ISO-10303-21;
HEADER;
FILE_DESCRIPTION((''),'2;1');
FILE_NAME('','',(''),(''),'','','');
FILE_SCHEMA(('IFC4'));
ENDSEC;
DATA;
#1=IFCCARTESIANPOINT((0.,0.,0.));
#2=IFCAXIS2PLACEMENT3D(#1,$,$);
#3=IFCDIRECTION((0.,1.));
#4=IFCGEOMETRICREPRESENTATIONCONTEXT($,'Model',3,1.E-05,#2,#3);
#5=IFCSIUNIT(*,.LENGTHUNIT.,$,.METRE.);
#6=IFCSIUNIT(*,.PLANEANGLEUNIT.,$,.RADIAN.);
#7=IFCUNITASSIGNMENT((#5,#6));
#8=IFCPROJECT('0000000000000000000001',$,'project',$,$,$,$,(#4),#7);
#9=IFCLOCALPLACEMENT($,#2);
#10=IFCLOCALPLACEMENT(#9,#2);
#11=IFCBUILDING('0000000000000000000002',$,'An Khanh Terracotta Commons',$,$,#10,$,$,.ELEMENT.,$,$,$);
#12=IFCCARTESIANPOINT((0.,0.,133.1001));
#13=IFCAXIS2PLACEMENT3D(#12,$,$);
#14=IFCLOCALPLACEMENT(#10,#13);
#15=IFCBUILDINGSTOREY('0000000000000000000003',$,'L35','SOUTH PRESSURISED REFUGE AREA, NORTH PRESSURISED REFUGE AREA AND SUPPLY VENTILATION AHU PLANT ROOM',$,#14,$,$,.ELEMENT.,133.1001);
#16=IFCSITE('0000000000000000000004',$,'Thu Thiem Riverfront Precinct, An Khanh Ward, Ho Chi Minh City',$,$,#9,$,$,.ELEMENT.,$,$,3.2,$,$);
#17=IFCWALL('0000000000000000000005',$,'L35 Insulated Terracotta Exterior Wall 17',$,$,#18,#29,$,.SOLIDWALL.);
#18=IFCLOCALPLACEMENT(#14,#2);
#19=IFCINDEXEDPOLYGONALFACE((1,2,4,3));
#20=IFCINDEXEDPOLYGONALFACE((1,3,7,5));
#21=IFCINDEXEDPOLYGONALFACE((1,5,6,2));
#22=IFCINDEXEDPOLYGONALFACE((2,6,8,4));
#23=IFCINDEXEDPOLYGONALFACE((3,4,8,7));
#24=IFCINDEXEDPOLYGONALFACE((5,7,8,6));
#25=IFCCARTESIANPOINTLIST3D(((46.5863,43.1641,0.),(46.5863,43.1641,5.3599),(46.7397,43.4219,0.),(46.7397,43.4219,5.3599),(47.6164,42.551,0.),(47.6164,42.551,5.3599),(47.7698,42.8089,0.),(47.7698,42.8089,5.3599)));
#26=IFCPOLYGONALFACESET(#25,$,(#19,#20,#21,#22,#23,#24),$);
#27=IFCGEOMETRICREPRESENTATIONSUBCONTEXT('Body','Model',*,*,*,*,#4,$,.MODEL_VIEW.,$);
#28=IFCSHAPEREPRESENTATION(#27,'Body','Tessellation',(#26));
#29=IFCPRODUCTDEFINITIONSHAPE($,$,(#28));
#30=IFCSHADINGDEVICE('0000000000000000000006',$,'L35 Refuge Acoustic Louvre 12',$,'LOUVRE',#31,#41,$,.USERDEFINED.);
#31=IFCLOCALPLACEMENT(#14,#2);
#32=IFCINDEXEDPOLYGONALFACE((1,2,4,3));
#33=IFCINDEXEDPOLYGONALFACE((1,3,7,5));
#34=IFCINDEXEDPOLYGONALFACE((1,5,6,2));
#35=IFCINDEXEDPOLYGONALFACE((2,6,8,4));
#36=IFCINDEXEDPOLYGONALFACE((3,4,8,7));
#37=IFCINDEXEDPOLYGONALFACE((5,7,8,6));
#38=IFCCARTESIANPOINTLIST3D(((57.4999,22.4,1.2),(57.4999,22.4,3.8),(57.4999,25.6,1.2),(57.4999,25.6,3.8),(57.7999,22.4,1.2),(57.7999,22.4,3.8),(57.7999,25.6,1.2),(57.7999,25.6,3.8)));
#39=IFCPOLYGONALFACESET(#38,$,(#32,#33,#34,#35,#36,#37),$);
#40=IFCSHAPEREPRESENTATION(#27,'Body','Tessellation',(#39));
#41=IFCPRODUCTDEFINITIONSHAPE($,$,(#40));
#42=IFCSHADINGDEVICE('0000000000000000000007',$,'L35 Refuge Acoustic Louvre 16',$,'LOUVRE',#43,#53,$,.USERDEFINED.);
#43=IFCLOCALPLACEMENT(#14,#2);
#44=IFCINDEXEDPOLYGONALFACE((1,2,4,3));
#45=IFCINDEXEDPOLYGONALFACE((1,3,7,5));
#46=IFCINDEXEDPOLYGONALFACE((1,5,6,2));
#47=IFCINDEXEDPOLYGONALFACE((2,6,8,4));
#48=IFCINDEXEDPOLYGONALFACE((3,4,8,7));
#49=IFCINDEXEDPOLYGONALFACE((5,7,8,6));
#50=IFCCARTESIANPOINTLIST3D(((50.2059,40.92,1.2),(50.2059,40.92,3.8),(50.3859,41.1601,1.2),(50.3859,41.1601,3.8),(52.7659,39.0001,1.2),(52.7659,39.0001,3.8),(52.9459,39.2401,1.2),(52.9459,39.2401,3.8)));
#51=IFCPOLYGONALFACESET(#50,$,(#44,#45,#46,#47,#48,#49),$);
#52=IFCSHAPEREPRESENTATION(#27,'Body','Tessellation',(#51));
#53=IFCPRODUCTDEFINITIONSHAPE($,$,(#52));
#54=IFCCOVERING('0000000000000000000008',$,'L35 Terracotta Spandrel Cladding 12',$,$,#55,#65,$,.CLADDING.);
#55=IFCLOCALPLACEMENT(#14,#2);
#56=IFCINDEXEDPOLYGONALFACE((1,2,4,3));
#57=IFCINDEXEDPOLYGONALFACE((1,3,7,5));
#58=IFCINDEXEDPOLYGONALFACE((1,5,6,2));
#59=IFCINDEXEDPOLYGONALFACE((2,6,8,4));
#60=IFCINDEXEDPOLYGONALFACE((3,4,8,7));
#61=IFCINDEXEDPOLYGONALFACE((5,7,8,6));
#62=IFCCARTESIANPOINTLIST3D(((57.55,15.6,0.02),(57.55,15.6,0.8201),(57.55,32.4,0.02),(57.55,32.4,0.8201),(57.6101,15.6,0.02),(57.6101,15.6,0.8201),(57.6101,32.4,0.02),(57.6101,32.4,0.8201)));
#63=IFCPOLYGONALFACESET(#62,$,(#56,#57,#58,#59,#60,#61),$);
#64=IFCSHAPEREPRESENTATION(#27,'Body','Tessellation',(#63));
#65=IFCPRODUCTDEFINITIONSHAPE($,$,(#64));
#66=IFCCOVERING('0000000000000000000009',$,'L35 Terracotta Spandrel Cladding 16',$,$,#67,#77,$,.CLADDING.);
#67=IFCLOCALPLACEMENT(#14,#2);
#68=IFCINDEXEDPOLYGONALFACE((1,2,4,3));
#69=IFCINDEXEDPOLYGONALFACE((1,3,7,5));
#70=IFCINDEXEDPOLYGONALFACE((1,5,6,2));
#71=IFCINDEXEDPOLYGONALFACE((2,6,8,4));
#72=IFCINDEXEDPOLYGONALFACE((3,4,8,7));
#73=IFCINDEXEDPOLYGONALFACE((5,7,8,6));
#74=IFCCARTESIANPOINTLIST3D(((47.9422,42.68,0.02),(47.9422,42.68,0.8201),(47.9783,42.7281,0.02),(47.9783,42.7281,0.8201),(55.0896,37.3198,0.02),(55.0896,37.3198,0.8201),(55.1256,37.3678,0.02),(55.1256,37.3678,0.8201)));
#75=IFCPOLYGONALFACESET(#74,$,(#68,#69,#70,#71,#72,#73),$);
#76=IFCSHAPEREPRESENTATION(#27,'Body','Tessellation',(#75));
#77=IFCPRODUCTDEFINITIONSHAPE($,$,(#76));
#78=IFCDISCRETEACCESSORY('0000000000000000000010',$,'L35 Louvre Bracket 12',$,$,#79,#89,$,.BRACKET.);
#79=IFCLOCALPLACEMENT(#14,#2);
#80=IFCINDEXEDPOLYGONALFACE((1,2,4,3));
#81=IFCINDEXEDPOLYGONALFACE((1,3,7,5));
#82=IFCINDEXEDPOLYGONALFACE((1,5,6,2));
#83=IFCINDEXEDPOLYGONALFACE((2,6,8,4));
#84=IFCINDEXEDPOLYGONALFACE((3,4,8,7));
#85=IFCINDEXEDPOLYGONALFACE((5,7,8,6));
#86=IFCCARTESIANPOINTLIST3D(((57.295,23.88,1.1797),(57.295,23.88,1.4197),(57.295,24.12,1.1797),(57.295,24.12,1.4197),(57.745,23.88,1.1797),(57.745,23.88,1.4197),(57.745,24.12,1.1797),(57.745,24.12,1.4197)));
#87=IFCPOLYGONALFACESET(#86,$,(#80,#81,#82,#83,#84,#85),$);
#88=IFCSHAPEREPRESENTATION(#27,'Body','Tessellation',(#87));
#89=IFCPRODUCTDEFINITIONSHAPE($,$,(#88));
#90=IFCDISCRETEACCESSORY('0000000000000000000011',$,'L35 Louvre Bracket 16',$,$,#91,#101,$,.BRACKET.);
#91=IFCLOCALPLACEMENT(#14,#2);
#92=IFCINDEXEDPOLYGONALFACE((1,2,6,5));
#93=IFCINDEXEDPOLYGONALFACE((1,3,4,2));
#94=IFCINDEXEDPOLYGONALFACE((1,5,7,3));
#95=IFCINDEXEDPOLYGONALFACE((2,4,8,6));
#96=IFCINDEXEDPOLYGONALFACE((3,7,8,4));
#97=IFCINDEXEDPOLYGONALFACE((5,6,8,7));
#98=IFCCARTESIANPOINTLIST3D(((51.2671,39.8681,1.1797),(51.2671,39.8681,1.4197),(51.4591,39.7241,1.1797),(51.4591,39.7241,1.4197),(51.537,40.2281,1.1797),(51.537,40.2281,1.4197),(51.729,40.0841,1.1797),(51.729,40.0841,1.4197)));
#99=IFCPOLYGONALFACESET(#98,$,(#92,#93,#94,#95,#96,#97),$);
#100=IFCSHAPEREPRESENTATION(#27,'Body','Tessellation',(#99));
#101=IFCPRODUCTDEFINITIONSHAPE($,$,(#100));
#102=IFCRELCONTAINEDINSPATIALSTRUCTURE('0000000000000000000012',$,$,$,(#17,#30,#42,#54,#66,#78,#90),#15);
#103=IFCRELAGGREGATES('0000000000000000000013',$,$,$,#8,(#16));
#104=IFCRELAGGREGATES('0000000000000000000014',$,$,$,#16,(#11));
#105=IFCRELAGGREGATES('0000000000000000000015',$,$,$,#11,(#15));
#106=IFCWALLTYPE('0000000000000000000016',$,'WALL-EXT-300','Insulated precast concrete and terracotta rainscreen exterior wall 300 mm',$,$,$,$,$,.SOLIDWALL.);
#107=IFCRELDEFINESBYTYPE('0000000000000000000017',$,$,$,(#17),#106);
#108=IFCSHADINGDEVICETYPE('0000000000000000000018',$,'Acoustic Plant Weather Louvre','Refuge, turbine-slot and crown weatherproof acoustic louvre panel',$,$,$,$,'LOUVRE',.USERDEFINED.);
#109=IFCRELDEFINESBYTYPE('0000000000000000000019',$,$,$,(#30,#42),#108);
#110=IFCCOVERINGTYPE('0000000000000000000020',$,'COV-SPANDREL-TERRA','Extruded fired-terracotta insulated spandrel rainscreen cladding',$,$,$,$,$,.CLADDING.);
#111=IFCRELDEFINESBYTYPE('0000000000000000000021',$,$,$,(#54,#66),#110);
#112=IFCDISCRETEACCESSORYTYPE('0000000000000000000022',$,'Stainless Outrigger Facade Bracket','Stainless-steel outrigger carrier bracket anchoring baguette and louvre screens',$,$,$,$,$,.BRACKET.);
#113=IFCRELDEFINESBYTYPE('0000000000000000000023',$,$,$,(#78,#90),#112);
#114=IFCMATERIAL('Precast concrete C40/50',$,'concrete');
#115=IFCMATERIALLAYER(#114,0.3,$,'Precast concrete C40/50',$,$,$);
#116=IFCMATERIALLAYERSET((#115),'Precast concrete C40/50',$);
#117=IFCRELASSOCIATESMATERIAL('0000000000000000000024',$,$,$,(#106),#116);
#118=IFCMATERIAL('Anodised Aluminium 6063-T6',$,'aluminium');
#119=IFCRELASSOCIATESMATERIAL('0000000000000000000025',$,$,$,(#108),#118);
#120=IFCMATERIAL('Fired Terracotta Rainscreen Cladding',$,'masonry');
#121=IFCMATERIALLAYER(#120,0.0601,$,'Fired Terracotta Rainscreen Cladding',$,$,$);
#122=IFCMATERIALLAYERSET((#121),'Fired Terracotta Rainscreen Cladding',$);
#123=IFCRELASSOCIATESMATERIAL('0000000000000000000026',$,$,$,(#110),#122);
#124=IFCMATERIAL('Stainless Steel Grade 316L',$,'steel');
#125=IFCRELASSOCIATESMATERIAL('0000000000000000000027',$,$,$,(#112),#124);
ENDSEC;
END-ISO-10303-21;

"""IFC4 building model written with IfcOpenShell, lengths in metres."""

from ifc_helpers import new_model, si_unit, direction, frame, frame_2d, origin, origin_2d, place, context, subcontext, project, spatial, rectangle, extrude, material, layer, layer_set, type_object, element, save


model = new_model("IFC4")

# Units and contexts
model_context = context("Model", 3, precision=1e-05, world=origin(), true_north=direction((0.0, 1.0)))
body_context = subcontext(model_context, "Body", "Model", "MODEL_VIEW")
ifc_project = project(units=[si_unit("LENGTHUNIT", "METRE"), si_unit("PLANEANGLEUNIT", "RADIAN")], contexts=[model_context])

# Site, building, storey
site_placement = place(None, origin())
site = spatial("IfcSite", under=ifc_project, at=site_placement, Name="Thu Thiem Riverfront Precinct, An Khanh Ward, Ho Chi Minh City", CompositionType="ELEMENT", RefElevation=3.2)
building_placement = place(site_placement, origin())
building = spatial("IfcBuilding", under=site, at=building_placement, Name="An Khanh Terracotta Commons", CompositionType="ELEMENT")
storey_placement = place(building_placement, frame((0.0, 0.0, 133.1001)))
storey = spatial("IfcBuildingStorey", under=building, at=storey_placement, Name="L35", Description="SOUTH PRESSURISED REFUGE AREA, NORTH PRESSURISED REFUGE AREA AND SUPPLY VENTILATION AHU PLANT ROOM", CompositionType="ELEMENT", Elevation=133.1001)

# Wall
ifc_material_1 = material(Name="Precast concrete C40/50", Category="concrete")
ifc_layer_1 = layer(ifc_material_1, 0.3, Name="Precast concrete C40/50")
ifc_layer_set_1 = layer_set([ifc_layer_1], Name="Precast concrete C40/50")
wall_type = type_object("IfcWallType", Name="WALL-EXT-300", Description="Insulated precast concrete and terracotta rainscreen exterior wall 300 mm", PredefinedType="SOLIDWALL", material=ifc_layer_set_1)
wall_1_placement = place(storey_placement, frame((47.6931, 42.6799, 0.0), z_axis=(0.0, 0.0, 1.0), x_axis=(-0.859321, 0.511437, 0.0)))
element("IfcWall", 1, at=wall_1_placement, inside=storey, type_object=wall_type, Name="L35 Insulated Terracotta Exterior Wall 17", PredefinedType="SOLIDWALL", context=body_context, shape_type="SweptSolid", body=[
    extrude(rectangle(XDim=1.1987, YDim=0.3, at=frame_2d((0.5994, 0.0))), origin(), (0.0, 0.0, 1.0), 5.3599),
])

# Shading devices
ifc_material_2 = material(Name="Anodised Aluminium 6063-T6", Category="aluminium")
shading_device_type = type_object("IfcShadingDeviceType", Name="Acoustic Plant Weather Louvre", Description="Refuge, turbine-slot and crown weatherproof acoustic louvre panel", ElementType="LOUVRE", PredefinedType="USERDEFINED", material=ifc_material_2)
for number, where, z_axis, x_axis, name in (
    (2, (57.6499, 24.0, 1.2), (0.0, 0.0, 1.0), (0.0, 1.0, 0.0), "L35 Refuge Acoustic Louvre 12"),
    (3, (51.5759, 40.0801, 1.2), (0.0, 0.0, 1.0), (-0.800013, 0.599983, 0.0), "L35 Refuge Acoustic Louvre 16"),
):
    element("IfcShadingDevice", number, at=place(storey_placement, frame(where, z_axis=z_axis, x_axis=x_axis)), inside=storey, type_object=shading_device_type, Name=name, ObjectType="LOUVRE", PredefinedType="USERDEFINED", context=body_context, shape_type="SweptSolid", body=[
        extrude(rectangle(XDim=3.2, YDim=0.3, at=origin_2d()), origin(), (0.0, 0.0, 1.0), 2.6001),
    ])

# Coverings
ifc_material_3 = material(Name="Fired Terracotta Rainscreen Cladding", Category="masonry")
ifc_layer_2 = layer(ifc_material_3, 0.0601, Name="Fired Terracotta Rainscreen Cladding")
ifc_layer_set_2 = layer_set([ifc_layer_2], Name="Fired Terracotta Rainscreen Cladding")
covering_type = type_object("IfcCoveringType", Name="COV-SPANDREL-TERRA", Description="Extruded fired-terracotta insulated spandrel rainscreen cladding", PredefinedType="CLADDING", material=ifc_layer_set_2)
covering_1_placement = place(storey_placement, frame((57.5801, 24.0, 0.02), z_axis=(0.0, 0.0, 1.0), x_axis=(0.0, 1.0, 0.0)))
element("IfcCovering", 4, at=covering_1_placement, inside=storey, type_object=covering_type, Name="L35 Terracotta Spandrel Cladding 12", PredefinedType="CLADDING", context=body_context, shape_type="SweptSolid", body=[
    extrude(rectangle(XDim=16.8, YDim=0.0601, at=origin_2d()), origin(), (0.0, 0.0, 1.0), 0.8),
])
covering_2_placement = place(storey_placement, frame((51.5339, 40.0239, 0.02), z_axis=(0.0, 0.0, 1.0), x_axis=(-0.800013, 0.599983, 0.0)))
element("IfcCovering", 5, at=covering_2_placement, inside=storey, type_object=covering_type, Name="L35 Terracotta Spandrel Cladding 16", PredefinedType="CLADDING", context=body_context, shape_type="SweptSolid", body=[
    extrude(rectangle(XDim=8.9341, YDim=0.0601, at=origin_2d()), origin(), (0.0, 0.0, 1.0), 0.8),
])

# Discrete accessories
ifc_material_4 = material(Name="Stainless Steel Grade 316L", Category="steel")
discrete_accessory_type = type_object("IfcDiscreteAccessoryType", Name="Stainless Outrigger Facade Bracket", Description="Stainless-steel outrigger carrier bracket anchoring baguette and louvre screens", PredefinedType="BRACKET", material=ifc_material_4)
for number, where, z_axis, x_axis, name in (
    (6, (57.52, 24.0, 1.1797), (0.0, 0.0, 1.0), (0.0, 1.0, 0.0), "L35 Louvre Bracket 12"),
    (7, (51.498, 39.9761, 1.1797), (0.0, 0.0, 1.0), (-0.800013, 0.599983, 0.0), "L35 Louvre Bracket 16"),
):
    element("IfcDiscreteAccessory", number, at=place(storey_placement, frame(where, z_axis=z_axis, x_axis=x_axis)), inside=storey, type_object=discrete_accessory_type, Name=name, PredefinedType="BRACKET", context=body_context, shape_type="SweptSolid", body=[
        extrude(rectangle(XDim=0.24, YDim=0.45, at=origin_2d()), origin(), (0.0, 0.0, 1.0), 0.24),
    ])

save(model, "model.ifc")
